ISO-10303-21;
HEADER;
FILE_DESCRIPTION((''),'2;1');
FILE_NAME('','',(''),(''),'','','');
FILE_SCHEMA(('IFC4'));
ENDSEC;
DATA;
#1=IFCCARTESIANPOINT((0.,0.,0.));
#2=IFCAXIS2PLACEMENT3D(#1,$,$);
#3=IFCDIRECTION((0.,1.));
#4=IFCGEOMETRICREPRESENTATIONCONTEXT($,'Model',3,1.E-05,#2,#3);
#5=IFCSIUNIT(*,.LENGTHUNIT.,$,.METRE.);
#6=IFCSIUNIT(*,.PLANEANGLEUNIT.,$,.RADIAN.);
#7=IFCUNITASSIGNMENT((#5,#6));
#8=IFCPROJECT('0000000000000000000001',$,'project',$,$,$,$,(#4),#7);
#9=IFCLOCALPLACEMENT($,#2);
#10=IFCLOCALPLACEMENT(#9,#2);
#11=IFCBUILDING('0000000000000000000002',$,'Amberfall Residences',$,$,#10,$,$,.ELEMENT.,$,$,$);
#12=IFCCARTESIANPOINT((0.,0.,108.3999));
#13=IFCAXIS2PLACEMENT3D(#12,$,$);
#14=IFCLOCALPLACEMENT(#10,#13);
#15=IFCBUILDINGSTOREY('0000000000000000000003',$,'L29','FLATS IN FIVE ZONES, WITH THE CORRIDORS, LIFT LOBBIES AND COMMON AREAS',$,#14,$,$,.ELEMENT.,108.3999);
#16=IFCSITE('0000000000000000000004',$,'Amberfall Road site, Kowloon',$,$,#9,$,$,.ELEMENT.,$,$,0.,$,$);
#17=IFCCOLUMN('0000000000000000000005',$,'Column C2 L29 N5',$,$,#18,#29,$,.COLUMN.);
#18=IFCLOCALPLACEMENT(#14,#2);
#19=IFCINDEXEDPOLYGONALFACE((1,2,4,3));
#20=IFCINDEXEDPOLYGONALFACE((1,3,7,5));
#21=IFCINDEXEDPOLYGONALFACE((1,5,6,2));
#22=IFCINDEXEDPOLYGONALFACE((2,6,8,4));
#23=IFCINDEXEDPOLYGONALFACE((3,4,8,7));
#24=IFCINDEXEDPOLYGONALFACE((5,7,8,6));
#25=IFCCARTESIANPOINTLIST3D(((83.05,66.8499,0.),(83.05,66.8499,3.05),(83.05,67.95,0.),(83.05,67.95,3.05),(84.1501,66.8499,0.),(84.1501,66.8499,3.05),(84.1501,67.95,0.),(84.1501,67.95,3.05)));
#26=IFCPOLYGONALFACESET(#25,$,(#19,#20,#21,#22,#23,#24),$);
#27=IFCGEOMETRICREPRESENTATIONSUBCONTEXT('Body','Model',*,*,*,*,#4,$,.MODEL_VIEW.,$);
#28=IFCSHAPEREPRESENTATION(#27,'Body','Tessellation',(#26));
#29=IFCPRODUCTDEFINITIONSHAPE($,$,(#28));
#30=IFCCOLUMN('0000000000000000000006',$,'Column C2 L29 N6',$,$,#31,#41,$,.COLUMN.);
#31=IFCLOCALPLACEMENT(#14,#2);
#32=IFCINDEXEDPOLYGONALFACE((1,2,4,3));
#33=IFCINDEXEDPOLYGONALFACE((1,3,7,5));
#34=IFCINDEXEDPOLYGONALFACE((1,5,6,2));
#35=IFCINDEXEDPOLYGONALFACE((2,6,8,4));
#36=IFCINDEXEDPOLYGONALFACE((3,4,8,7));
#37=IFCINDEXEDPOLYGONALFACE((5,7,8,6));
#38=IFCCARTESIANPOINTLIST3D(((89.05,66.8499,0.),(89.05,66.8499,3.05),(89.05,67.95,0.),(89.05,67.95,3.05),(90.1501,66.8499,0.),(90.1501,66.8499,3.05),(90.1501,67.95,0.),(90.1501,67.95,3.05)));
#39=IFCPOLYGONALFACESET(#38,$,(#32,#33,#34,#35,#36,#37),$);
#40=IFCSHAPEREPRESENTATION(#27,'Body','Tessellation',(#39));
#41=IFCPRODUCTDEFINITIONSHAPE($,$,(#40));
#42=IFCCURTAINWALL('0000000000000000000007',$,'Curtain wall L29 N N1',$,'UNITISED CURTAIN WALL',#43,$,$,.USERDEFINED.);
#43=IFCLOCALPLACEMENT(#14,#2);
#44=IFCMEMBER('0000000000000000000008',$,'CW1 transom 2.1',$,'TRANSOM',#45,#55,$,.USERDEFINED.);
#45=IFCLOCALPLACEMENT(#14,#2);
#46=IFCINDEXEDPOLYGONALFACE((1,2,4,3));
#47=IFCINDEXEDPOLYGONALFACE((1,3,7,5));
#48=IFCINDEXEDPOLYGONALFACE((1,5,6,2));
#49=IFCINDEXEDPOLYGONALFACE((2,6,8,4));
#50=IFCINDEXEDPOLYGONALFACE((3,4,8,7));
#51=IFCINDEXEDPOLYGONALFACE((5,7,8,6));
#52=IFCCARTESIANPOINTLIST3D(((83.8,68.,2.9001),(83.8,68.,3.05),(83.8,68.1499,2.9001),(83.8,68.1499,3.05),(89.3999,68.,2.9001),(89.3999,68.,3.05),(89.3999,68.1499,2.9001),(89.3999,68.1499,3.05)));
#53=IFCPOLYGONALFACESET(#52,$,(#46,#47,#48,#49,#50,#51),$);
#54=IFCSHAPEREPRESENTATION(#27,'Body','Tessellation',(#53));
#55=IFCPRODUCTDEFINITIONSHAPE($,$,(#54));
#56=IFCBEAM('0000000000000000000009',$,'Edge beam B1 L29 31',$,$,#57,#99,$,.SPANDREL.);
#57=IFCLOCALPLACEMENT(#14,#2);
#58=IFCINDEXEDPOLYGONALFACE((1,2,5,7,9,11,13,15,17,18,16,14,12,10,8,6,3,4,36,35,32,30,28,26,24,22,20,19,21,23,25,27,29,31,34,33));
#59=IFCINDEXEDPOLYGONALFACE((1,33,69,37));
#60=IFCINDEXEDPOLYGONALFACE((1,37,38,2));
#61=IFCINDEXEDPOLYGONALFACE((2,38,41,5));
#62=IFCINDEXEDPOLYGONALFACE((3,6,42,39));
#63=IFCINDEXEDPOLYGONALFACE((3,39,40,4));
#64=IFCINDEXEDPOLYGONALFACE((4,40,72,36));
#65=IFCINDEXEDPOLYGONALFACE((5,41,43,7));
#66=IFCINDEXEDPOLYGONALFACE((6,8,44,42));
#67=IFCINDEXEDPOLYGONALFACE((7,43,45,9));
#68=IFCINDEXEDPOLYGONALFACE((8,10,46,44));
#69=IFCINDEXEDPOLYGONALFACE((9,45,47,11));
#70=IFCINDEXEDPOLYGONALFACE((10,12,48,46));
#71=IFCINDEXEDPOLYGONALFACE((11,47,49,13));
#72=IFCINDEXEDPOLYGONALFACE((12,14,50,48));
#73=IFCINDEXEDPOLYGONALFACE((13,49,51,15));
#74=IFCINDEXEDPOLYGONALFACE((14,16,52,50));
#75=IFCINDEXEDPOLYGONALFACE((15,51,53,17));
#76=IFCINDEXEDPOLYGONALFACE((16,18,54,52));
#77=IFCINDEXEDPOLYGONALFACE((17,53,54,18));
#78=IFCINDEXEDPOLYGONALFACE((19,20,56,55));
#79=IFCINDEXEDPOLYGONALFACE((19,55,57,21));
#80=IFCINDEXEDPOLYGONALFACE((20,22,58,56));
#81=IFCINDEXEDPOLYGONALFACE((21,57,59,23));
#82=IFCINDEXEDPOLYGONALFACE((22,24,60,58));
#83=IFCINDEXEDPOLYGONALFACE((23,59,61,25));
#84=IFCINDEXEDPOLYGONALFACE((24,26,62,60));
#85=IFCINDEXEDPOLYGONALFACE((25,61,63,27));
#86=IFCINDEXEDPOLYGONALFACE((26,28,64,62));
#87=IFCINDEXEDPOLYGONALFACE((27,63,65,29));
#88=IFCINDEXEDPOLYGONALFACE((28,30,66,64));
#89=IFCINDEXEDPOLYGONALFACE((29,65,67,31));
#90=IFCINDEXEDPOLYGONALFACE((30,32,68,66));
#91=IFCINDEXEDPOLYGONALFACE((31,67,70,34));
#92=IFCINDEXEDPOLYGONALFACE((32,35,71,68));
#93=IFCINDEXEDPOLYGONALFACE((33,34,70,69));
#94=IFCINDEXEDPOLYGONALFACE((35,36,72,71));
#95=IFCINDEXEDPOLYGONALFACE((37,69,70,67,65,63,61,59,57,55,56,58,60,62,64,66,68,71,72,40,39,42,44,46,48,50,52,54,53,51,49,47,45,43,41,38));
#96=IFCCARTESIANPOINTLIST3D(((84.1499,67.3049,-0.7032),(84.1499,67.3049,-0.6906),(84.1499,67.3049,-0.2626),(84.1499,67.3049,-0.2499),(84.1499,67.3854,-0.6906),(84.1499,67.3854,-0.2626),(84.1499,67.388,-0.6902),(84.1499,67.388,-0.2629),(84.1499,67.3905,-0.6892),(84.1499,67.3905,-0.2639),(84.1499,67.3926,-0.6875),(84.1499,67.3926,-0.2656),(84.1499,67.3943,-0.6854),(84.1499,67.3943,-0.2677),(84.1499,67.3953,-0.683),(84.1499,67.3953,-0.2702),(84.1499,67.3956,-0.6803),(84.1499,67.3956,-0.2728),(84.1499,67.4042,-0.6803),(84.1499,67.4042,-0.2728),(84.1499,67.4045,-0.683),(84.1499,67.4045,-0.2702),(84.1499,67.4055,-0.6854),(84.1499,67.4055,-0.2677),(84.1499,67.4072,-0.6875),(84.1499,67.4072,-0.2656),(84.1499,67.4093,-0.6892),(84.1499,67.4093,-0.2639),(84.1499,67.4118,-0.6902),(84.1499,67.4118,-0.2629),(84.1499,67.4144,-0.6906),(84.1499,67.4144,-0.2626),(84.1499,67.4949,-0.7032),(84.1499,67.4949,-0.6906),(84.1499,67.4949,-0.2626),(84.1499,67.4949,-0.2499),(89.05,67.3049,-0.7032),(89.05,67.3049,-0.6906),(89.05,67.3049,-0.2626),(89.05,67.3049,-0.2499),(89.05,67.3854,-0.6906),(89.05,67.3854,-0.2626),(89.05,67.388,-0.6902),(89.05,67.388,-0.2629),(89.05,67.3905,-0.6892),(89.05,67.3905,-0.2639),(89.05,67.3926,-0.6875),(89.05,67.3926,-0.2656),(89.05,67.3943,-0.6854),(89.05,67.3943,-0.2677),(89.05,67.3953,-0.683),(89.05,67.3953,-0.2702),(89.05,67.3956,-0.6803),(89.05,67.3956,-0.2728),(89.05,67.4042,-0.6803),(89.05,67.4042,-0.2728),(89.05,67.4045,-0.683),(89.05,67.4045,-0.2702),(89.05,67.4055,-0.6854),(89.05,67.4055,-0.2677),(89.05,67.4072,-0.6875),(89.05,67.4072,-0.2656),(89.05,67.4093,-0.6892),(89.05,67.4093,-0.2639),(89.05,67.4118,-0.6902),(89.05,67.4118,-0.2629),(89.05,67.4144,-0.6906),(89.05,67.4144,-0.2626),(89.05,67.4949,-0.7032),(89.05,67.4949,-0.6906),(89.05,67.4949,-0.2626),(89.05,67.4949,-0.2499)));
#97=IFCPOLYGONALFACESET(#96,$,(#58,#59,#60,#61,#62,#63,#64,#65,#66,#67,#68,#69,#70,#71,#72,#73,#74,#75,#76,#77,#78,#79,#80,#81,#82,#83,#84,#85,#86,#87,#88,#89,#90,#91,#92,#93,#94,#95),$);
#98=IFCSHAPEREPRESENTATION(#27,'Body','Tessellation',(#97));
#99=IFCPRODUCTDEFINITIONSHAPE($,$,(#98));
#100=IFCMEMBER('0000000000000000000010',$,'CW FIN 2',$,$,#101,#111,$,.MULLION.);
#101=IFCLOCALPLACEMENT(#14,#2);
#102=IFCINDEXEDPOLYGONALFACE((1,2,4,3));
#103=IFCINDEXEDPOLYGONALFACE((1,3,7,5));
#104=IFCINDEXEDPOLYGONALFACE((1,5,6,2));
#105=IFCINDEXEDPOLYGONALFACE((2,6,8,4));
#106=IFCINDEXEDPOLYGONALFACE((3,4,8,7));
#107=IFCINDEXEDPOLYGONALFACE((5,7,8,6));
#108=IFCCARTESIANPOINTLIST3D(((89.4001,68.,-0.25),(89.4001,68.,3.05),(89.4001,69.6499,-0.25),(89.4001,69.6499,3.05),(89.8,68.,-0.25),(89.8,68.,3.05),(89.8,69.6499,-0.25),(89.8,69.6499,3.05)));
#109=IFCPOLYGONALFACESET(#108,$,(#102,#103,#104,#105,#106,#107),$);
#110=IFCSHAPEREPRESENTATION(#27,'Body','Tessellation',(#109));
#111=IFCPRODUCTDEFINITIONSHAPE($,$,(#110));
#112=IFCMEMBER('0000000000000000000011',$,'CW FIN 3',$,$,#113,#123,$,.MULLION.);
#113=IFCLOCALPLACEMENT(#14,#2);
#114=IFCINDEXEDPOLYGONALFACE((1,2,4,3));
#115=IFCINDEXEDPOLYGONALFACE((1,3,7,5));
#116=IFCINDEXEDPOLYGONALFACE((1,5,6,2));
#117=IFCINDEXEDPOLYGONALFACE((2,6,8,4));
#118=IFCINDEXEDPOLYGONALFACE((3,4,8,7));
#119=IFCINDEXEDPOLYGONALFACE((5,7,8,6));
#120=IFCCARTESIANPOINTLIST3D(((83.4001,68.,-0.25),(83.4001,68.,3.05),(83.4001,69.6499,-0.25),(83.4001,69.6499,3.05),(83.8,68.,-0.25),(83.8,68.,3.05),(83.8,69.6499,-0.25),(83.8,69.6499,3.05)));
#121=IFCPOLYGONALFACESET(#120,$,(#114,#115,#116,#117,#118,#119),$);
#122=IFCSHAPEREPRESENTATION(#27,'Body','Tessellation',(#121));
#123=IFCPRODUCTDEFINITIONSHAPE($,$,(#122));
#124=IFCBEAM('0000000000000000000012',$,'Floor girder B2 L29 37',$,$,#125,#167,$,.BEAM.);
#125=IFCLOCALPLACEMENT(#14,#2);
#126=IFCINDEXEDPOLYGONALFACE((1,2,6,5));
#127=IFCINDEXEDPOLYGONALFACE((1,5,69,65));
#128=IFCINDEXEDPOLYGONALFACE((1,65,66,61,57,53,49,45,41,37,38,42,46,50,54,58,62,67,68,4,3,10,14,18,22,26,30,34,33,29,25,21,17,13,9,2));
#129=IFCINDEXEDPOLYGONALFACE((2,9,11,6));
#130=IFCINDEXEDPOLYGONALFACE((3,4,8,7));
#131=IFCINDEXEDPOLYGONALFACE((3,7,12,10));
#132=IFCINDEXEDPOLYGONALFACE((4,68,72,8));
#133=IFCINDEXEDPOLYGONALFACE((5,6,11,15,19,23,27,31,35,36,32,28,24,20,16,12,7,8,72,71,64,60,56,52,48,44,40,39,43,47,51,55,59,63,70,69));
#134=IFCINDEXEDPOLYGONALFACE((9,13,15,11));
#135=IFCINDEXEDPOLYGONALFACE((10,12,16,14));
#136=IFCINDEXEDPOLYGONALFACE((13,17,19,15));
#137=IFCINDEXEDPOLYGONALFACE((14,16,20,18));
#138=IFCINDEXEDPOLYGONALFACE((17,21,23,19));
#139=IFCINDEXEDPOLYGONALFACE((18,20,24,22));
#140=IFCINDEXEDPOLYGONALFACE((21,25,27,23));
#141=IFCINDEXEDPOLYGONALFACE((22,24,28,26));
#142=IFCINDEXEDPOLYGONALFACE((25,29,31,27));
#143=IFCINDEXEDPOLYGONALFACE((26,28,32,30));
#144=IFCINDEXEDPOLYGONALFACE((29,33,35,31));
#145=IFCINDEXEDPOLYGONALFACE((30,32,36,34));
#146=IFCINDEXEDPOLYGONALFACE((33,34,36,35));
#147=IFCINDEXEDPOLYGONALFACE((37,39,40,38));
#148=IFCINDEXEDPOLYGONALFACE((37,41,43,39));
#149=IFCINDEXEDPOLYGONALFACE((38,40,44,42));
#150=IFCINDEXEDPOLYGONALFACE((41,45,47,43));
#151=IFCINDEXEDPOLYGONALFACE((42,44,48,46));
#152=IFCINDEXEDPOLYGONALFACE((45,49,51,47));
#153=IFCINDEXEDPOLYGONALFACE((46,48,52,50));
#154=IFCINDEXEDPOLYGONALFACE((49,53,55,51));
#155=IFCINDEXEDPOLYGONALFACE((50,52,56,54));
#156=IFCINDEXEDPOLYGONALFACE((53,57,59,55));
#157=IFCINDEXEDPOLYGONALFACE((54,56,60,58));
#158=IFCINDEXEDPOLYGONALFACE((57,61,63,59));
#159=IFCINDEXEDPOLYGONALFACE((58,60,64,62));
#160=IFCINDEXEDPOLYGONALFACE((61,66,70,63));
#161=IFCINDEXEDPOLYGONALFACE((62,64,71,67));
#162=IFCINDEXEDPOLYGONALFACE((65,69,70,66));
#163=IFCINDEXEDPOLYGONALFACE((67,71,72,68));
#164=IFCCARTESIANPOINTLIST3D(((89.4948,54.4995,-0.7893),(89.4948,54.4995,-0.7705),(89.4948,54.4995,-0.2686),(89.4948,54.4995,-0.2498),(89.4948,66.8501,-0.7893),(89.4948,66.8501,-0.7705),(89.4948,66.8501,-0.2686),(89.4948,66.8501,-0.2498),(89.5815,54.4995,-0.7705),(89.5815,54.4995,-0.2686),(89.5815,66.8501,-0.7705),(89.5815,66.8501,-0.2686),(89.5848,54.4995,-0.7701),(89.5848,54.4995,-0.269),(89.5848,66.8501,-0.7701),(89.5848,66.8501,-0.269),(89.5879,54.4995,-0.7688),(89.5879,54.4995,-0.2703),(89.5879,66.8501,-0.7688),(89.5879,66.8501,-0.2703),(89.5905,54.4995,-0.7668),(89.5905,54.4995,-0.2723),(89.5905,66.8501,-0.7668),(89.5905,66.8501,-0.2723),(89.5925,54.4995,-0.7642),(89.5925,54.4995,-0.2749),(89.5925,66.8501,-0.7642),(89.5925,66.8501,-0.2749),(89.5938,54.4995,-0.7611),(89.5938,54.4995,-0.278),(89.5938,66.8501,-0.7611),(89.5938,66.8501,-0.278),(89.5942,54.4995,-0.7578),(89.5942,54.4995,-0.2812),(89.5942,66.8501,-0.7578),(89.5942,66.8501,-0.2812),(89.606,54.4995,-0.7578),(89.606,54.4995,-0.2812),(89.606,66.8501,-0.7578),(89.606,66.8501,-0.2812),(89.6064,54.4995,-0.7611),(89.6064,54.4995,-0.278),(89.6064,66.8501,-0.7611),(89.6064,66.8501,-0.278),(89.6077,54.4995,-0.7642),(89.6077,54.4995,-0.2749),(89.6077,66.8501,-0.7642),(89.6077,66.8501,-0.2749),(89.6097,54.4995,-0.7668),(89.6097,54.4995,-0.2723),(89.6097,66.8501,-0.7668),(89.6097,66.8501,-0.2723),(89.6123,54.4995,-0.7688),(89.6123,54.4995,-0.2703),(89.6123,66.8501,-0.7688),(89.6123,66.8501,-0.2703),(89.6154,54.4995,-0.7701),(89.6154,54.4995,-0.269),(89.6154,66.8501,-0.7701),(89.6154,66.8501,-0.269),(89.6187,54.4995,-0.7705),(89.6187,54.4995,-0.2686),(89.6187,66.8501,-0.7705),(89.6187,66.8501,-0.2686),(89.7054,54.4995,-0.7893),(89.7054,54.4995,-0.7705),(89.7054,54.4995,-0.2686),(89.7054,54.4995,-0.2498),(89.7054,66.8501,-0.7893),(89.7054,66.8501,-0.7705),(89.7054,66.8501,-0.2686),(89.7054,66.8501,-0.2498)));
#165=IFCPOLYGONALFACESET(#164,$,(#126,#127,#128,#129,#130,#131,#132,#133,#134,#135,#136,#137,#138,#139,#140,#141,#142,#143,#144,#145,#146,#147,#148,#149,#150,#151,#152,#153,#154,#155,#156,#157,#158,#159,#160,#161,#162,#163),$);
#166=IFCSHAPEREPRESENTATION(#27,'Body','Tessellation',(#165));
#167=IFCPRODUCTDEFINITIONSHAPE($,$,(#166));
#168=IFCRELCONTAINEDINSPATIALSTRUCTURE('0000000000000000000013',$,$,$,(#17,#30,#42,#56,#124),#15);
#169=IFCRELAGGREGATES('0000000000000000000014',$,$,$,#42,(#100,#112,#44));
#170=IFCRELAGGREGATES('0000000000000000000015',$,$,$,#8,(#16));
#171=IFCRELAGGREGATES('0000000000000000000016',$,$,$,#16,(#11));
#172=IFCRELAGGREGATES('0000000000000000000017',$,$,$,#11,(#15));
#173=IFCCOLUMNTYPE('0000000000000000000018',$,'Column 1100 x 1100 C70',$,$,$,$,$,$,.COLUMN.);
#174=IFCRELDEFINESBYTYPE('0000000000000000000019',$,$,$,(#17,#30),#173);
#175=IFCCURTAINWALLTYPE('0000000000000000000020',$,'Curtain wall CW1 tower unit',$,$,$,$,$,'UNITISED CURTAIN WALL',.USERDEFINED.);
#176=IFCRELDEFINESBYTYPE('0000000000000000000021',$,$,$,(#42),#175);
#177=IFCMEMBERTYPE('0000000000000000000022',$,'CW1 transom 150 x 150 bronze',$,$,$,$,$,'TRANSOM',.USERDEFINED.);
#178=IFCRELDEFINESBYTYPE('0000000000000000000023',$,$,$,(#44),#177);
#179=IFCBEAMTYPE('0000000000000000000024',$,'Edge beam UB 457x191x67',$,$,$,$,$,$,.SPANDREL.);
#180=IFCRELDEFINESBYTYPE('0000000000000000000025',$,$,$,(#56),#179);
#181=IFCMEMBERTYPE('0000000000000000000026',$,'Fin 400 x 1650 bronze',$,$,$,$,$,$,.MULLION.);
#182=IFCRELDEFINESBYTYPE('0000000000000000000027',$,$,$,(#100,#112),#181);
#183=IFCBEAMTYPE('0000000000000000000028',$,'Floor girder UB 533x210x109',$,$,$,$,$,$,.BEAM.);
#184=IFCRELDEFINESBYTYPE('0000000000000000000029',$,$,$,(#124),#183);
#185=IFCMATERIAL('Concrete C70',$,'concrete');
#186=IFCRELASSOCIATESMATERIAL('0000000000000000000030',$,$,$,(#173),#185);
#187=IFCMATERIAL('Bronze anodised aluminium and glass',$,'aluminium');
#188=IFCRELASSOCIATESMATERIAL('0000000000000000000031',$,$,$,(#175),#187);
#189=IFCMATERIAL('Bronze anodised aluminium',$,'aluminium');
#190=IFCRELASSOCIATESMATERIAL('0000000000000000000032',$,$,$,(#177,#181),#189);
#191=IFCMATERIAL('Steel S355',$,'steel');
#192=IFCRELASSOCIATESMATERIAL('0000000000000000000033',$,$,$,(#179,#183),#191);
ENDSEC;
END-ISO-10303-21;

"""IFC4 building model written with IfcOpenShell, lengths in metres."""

from ifc_helpers import new_model, si_unit, direction, frame, origin, origin_2d, place, context, subcontext, project, spatial, rectangle, i_section, extrude, material, material_profile, profile_set, type_object, element, aggregate, save


model = new_model("IFC4")

# Units and contexts
model_context = context("Model", 3, precision=1e-05, world=origin(), true_north=direction((0.0, 1.0)))
body_context = subcontext(model_context, "Body", "Model", "MODEL_VIEW")
ifc_project = project(units=[si_unit("LENGTHUNIT", "METRE"), si_unit("PLANEANGLEUNIT", "RADIAN")], contexts=[model_context])

# Site, building, storey
site_placement = place(None, origin())
site = spatial("IfcSite", under=ifc_project, at=site_placement, Name="Amberfall Road site, Kowloon", CompositionType="ELEMENT", RefElevation=0.0)
building_placement = place(site_placement, origin())
building = spatial("IfcBuilding", under=site, at=building_placement, Name="Amberfall Residences", CompositionType="ELEMENT")
storey_placement = place(building_placement, frame((0.0, 0.0, 108.3999)))
storey = spatial("IfcBuildingStorey", under=building, at=storey_placement, Name="L29", Description="FLATS IN FIVE ZONES, WITH THE CORRIDORS, LIFT LOBBIES AND COMMON AREAS", CompositionType="ELEMENT", Elevation=108.3999)

# Columns
ifc_material_1 = material(Name="Concrete C70", Category="concrete")
ifc_material_profile_1 = material_profile(ifc_material_1, rectangle(XDim=1.1001, YDim=1.1001, at=origin_2d()), Name="Column 1100 x 1100 C70")
ifc_profile_set_1 = profile_set([ifc_material_profile_1], Name="Concrete C70")
column_type = type_object("IfcColumnType", Name="Column 1100 x 1100 C70", PredefinedType="COLUMN", material=ifc_profile_set_1)
for number, where, z_axis, x_axis, name in (
    (1, (83.6001, 67.3999, 0.0), (0.0, 0.0, 1.0), (1.0, 0.0, 0.0), "Column C2 L29 N5"),
    (2, (89.6001, 67.3999, 0.0), (0.0, 0.0, 1.0), (1.0, 0.0, 0.0), "Column C2 L29 N6"),
):
    element("IfcColumn", number, at=place(storey_placement, frame(where, z_axis=z_axis, x_axis=x_axis)), inside=storey, type_object=column_type, Name=name, PredefinedType="COLUMN", context=body_context, shape_type="SweptSolid", body=[
        extrude(rectangle(XDim=1.1001, YDim=1.1001, at=origin_2d()), origin(), (0.0, 0.0, 1.0), 3.05),
    ])

# Curtain wall, member
ifc_material_2 = material(Name="Bronze anodised aluminium and glass", Category="aluminium")
curtain_wall_type = type_object("IfcCurtainWallType", Name="Curtain wall CW1 tower unit", ElementType="UNITISED CURTAIN WALL", PredefinedType="USERDEFINED", material=ifc_material_2)
curtain_wall_placement = place(storey_placement, origin())
curtain_wall = element("IfcCurtainWall", 3, at=curtain_wall_placement, inside=storey, type_object=curtain_wall_type, Name="Curtain wall L29 N N1", ObjectType="UNITISED CURTAIN WALL", PredefinedType="USERDEFINED")
ifc_material_3 = material(Name="Bronze anodised aluminium", Category="aluminium")
ifc_material_profile_2 = material_profile(ifc_material_3, rectangle(XDim=0.1499, YDim=0.1499, at=origin_2d()), Name="CW1 transom 150 x 150 bronze")
ifc_profile_set_2 = profile_set([ifc_material_profile_2], Name="Bronze anodised aluminium")
member_type_1 = type_object("IfcMemberType", Name="CW1 transom 150 x 150 bronze", ElementType="TRANSOM", PredefinedType="USERDEFINED", material=ifc_profile_set_2)
member_1_placement = place(storey_placement, frame((89.3999, 68.075, 2.9751), z_axis=(-1.0, 0.0, 0.0), x_axis=(0.0, -1.0, 0.0)))
member_1 = element("IfcMember", 4, at=member_1_placement, type_object=member_type_1, Name="CW1 transom 2.1", ObjectType="TRANSOM", PredefinedType="USERDEFINED", context=body_context, shape_type="SweptSolid", body=[
    extrude(rectangle(XDim=0.1499, YDim=0.1499, at=origin_2d()), origin(), (0.0, 0.0, 1.0), 5.5999),
])

# Beam
ifc_material_4 = material(Name="Steel S355", Category="steel")
ifc_material_profile_3 = material_profile(ifc_material_4, i_section(OverallWidth=0.1899, OverallDepth=0.4534, WebThickness=0.0085, FlangeThickness=0.0127, FilletRadius=0.0103, at=origin_2d()), Name="UB 457x191x67")
ifc_profile_set_3 = profile_set([ifc_material_profile_3], Name="Steel S355")
beam_type_1 = type_object("IfcBeamType", Name="Edge beam UB 457x191x67", PredefinedType="SPANDREL", material=ifc_profile_set_3)
beam_1_placement = place(storey_placement, frame((84.1499, 67.3999, -0.4766), z_axis=(1.0, 0.0, 0.0), x_axis=(0.0, 1.0, 0.0)))
element("IfcBeam", 5, at=beam_1_placement, inside=storey, type_object=beam_type_1, Name="Edge beam B1 L29 31", PredefinedType="SPANDREL", context=body_context, shape_type="SweptSolid", body=[
    extrude(i_section(OverallWidth=0.1899, OverallDepth=0.4534, WebThickness=0.0085, FlangeThickness=0.0127, FilletRadius=0.0103, at=origin_2d()), origin(), (0.0, 0.0, 1.0), 4.9001),
])

# Members
ifc_material_profile_4 = material_profile(ifc_material_3, rectangle(XDim=1.6499, YDim=0.3999, at=origin_2d()), Name="Fin 400 x 1650 bronze")
ifc_profile_set_4 = profile_set([ifc_material_profile_4], Name="Bronze anodised aluminium")
member_type_2 = type_object("IfcMemberType", Name="Fin 400 x 1650 bronze", PredefinedType="MULLION", material=ifc_profile_set_4)
member_2_placement = place(storey_placement, frame((89.6001, 68.825, -0.25), z_axis=(0.0, 0.0, 1.0), x_axis=(0.0, -1.0, 0.0)))
member_2 = element("IfcMember", 6, at=member_2_placement, type_object=member_type_2, Name="CW FIN 2", PredefinedType="MULLION", context=body_context, shape_type="SweptSolid", body=[
    extrude(rectangle(XDim=1.6499, YDim=0.3999, at=origin_2d()), origin(), (0.0, 0.0, 1.0), 3.3),
])
member_3_placement = place(storey_placement, frame((83.6001, 68.825, -0.25), z_axis=(0.0, 0.0, 1.0), x_axis=(0.0, -1.0, 0.0)))
member_3 = element("IfcMember", 7, at=member_3_placement, type_object=member_type_2, Name="CW FIN 3", PredefinedType="MULLION", context=body_context, shape_type="SweptSolid", body=[
    extrude(rectangle(XDim=1.6499, YDim=0.3999, at=origin_2d()), origin(), (0.0, 0.0, 1.0), 3.3),
])

# Beam
ifc_material_profile_5 = material_profile(ifc_material_4, i_section(OverallWidth=0.2107, OverallDepth=0.5396, WebThickness=0.0117, FlangeThickness=0.0188, FilletRadius=0.0127, at=origin_2d()), Name="UB 533x210x109")
ifc_profile_set_5 = profile_set([ifc_material_profile_5], Name="Steel S355")
beam_type_2 = type_object("IfcBeamType", Name="Floor girder UB 533x210x109", PredefinedType="BEAM", material=ifc_profile_set_5)
beam_2_placement = place(storey_placement, frame((89.6001, 66.8501, -0.5195), z_axis=(0.0, -1.0, 0.0), x_axis=(1.0, 0.0, 0.0)))
element("IfcBeam", 8, at=beam_2_placement, inside=storey, type_object=beam_type_2, Name="Floor girder B2 L29 37", PredefinedType="BEAM", context=body_context, shape_type="SweptSolid", body=[
    extrude(i_section(OverallWidth=0.2107, OverallDepth=0.5396, WebThickness=0.0117, FlangeThickness=0.0188, FilletRadius=0.0127, at=origin_2d()), origin(), (0.0, 0.0, 1.0), 12.3506),
])

aggregate(curtain_wall, [member_2, member_3, member_1])

save(model, "model.ifc")
